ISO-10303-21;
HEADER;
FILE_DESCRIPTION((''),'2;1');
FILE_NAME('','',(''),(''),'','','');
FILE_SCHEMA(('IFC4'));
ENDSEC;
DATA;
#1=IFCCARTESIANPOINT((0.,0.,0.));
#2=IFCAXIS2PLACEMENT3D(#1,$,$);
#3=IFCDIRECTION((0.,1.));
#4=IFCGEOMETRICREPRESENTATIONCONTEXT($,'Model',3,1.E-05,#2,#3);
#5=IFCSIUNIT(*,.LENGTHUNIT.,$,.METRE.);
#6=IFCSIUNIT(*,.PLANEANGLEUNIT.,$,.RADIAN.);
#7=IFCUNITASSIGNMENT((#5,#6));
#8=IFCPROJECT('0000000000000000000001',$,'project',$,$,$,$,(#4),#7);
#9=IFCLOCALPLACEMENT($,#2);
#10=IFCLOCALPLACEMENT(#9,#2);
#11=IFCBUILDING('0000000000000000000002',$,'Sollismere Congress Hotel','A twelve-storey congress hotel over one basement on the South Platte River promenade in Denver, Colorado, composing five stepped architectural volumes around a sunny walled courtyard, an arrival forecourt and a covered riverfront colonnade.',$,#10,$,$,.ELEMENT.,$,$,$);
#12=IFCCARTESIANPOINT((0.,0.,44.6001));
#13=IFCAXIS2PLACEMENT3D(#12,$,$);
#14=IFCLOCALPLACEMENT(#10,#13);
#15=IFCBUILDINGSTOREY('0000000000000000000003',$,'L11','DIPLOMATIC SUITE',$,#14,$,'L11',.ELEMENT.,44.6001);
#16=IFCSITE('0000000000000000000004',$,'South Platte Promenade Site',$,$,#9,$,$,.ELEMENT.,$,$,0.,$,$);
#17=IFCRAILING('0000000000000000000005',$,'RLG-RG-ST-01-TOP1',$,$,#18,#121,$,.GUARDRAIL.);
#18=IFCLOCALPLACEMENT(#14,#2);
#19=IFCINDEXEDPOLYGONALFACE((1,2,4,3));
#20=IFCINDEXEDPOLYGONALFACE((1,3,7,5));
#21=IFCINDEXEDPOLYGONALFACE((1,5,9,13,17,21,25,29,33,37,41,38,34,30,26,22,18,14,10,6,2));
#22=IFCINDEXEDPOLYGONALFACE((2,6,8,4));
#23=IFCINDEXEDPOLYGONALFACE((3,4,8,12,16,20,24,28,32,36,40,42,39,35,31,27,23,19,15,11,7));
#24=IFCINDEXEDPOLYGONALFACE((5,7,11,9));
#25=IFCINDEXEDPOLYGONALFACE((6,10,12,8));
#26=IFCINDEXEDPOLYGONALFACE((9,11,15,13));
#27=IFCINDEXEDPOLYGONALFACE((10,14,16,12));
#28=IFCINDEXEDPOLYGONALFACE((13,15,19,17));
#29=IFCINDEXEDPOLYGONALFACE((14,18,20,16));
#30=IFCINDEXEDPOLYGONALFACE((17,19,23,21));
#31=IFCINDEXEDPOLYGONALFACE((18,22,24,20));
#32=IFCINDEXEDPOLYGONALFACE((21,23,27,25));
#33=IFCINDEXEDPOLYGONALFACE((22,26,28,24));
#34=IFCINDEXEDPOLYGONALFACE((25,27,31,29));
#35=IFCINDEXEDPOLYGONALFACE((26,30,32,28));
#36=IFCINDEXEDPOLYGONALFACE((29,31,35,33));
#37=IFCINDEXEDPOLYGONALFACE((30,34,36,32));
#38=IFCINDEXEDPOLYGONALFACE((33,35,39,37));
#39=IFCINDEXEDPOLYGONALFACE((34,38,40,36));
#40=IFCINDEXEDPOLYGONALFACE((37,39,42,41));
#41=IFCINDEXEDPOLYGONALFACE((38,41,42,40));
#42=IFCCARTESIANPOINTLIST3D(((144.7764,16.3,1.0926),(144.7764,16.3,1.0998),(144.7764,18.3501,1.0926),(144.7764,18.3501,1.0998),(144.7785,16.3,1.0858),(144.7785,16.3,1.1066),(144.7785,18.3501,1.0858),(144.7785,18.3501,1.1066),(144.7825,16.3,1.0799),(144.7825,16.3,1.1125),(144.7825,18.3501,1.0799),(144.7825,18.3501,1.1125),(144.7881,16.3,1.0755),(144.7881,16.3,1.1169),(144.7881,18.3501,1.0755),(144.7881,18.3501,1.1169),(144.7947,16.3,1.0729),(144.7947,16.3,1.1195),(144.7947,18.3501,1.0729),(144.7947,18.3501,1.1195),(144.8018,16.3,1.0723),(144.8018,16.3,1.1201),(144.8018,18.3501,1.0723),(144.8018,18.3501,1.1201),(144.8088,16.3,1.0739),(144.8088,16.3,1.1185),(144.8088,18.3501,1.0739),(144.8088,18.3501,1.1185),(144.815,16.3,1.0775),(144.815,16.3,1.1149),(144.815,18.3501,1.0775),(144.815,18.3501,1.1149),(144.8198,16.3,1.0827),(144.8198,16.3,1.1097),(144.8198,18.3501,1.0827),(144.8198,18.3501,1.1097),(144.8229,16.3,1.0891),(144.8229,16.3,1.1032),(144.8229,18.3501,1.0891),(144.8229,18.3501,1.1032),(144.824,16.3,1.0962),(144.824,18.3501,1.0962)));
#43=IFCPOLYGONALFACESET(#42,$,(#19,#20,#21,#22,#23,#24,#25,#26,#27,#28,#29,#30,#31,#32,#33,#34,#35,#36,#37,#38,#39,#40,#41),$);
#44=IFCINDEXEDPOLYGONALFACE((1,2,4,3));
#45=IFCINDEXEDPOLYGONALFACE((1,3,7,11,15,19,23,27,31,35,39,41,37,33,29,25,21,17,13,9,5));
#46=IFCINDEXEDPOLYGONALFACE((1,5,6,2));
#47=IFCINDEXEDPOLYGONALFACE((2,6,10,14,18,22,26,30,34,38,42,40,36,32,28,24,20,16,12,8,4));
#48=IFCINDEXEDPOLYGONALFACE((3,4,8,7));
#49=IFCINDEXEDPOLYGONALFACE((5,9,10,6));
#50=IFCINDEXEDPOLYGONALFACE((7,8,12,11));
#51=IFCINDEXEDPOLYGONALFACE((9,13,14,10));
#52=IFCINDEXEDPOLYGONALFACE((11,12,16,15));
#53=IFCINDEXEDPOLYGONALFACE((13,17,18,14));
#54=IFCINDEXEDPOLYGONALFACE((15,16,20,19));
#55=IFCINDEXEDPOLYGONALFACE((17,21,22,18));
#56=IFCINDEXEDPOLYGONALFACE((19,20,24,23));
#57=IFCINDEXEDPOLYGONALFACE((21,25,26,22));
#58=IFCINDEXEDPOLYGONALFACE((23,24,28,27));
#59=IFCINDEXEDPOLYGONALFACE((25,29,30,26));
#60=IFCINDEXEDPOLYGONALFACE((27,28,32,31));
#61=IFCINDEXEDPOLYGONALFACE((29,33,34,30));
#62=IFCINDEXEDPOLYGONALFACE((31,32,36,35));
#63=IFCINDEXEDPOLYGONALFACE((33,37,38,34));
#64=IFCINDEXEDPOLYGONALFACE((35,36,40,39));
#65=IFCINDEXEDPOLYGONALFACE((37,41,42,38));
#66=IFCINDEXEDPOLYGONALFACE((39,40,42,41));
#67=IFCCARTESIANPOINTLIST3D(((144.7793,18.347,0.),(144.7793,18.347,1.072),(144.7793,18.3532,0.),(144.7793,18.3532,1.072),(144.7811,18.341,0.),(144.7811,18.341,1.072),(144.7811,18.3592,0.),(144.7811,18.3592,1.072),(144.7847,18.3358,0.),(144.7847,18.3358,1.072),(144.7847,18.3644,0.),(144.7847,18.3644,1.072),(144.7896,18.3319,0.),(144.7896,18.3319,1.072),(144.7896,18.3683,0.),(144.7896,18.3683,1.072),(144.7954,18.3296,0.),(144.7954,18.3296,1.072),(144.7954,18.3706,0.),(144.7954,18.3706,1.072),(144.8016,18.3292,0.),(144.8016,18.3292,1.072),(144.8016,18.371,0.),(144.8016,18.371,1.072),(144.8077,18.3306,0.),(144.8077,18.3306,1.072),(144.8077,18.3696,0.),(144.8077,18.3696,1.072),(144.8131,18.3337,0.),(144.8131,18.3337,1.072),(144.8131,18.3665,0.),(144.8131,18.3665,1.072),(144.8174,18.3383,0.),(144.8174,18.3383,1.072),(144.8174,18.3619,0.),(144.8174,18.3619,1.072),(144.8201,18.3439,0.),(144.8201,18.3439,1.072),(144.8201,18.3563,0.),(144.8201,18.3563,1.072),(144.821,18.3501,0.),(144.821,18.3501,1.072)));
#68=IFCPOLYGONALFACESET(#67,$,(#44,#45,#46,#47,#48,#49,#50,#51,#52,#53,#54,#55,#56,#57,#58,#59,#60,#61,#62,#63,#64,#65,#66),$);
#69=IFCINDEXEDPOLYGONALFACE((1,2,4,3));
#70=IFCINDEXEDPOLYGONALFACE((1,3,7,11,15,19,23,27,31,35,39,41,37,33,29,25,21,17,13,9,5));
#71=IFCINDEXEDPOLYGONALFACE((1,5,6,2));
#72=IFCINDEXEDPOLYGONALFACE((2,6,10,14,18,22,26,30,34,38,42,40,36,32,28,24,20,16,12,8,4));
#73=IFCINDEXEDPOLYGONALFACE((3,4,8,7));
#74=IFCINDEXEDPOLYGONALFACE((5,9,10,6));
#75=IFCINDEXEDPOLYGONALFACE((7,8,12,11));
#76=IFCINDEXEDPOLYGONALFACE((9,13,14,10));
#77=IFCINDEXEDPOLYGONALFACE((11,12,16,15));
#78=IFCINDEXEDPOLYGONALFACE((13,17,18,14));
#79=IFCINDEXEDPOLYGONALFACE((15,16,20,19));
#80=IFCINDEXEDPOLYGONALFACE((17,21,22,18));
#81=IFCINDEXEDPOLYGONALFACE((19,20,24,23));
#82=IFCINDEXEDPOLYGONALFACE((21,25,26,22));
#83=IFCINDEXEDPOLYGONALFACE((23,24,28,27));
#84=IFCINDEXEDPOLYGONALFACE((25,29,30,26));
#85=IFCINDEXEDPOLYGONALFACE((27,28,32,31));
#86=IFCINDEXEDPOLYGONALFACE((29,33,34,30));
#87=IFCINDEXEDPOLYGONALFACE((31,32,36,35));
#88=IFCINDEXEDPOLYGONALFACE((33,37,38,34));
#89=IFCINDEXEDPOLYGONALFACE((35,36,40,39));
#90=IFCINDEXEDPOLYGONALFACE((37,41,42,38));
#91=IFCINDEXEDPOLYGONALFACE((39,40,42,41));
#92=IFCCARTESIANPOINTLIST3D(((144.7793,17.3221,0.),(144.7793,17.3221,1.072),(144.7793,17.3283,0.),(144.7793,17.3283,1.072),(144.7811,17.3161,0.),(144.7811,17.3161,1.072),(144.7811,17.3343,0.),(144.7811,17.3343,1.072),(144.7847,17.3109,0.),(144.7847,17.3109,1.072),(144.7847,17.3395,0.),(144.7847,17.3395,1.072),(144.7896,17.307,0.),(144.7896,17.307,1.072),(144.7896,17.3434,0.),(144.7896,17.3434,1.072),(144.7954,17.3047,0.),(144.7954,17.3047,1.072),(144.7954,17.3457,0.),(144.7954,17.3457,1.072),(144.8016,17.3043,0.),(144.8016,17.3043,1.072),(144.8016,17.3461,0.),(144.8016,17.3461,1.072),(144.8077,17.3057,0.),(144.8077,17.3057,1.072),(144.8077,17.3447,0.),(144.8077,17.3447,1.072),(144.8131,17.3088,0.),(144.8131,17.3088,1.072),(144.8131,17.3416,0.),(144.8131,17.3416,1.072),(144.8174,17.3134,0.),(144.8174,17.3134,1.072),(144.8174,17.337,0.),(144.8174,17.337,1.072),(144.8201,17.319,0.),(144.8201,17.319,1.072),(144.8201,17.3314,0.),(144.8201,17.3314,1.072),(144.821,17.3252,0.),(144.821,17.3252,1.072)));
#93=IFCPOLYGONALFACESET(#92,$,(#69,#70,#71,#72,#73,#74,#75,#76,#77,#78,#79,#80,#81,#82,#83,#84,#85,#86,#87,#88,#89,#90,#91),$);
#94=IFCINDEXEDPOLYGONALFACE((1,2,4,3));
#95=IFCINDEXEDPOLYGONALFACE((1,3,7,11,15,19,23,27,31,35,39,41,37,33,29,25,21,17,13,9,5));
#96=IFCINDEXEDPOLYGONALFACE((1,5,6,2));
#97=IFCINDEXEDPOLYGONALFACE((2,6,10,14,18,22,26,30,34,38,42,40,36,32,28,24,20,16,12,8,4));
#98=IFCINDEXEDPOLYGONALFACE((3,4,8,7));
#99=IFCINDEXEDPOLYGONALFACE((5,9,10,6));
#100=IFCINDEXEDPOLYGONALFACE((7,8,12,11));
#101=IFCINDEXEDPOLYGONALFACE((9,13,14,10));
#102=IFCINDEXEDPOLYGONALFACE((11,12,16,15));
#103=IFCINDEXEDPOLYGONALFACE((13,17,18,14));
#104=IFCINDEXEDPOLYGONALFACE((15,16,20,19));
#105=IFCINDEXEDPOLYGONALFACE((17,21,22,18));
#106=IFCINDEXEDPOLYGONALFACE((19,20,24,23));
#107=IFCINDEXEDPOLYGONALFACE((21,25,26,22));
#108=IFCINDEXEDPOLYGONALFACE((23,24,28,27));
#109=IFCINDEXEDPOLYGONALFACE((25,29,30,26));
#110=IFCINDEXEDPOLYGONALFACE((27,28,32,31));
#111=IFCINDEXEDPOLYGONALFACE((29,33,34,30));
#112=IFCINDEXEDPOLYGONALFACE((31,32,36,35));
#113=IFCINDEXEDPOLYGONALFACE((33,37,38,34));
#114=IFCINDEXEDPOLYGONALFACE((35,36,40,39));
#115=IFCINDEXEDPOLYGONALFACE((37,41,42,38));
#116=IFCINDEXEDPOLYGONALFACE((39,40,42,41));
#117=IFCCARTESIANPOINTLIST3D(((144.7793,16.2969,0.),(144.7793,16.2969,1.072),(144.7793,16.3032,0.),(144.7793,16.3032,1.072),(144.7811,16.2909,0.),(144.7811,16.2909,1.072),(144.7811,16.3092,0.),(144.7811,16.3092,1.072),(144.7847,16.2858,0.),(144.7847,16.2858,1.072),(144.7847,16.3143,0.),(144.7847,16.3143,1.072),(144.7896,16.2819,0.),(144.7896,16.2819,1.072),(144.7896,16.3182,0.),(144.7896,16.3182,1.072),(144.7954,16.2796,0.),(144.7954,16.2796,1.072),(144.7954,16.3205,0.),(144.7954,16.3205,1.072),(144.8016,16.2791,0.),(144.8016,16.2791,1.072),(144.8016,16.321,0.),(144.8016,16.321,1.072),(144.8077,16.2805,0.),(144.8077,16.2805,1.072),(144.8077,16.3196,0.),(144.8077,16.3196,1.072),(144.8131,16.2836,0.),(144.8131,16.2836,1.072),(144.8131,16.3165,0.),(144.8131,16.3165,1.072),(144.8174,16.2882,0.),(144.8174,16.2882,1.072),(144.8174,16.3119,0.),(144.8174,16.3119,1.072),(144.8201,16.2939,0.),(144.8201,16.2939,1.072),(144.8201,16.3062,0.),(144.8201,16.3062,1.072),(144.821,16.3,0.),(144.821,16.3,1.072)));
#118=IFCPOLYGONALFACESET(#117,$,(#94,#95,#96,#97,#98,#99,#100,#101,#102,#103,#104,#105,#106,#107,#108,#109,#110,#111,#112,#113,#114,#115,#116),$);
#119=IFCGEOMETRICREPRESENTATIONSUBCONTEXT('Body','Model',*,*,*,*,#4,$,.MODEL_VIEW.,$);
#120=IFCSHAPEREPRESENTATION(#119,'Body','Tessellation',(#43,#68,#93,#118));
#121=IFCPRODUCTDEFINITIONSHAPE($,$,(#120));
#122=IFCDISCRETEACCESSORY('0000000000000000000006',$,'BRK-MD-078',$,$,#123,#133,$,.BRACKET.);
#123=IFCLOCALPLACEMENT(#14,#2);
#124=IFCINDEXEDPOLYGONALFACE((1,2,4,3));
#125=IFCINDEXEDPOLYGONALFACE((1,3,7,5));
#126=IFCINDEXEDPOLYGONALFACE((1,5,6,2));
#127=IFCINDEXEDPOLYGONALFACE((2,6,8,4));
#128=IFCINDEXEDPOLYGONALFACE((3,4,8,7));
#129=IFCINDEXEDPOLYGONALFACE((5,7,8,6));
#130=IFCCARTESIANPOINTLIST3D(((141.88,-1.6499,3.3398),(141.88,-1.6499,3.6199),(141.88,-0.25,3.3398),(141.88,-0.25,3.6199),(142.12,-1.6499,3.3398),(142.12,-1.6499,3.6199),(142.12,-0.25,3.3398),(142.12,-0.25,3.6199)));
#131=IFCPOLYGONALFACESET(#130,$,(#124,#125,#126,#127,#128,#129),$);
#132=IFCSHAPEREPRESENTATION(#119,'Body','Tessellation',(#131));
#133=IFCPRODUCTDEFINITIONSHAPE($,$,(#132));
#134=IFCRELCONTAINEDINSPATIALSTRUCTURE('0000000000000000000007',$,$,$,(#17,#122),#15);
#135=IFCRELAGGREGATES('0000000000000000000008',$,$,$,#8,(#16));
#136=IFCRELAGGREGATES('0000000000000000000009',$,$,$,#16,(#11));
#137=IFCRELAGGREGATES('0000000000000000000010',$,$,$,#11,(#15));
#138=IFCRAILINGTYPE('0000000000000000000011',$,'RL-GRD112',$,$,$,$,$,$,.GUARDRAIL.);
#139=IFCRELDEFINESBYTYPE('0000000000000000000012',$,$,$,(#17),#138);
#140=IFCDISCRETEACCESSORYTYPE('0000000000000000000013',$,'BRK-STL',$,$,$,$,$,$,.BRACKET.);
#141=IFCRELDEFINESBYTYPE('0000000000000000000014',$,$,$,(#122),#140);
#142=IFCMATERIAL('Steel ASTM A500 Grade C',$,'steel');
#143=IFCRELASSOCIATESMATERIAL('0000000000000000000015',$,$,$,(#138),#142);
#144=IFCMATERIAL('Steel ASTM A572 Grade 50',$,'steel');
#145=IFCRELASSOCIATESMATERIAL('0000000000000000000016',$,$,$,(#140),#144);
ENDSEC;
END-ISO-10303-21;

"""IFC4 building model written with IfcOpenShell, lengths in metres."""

from ifc_helpers import new_model, si_unit, direction, frame, origin, origin_2d, place, context, subcontext, project, spatial, rectangle, circle, extrude, material, type_object, element, save


model = new_model("IFC4")

# Units and contexts
model_context = context("Model", 3, precision=1e-05, world=origin(), true_north=direction((0.0, 1.0)))
body_context = subcontext(model_context, "Body", "Model", "MODEL_VIEW")
ifc_project = project(units=[si_unit("LENGTHUNIT", "METRE"), si_unit("PLANEANGLEUNIT", "RADIAN")], contexts=[model_context])

# Site, building, storey
site_placement = place(None, origin())
site = spatial("IfcSite", under=ifc_project, at=site_placement, Name="South Platte Promenade Site", CompositionType="ELEMENT", RefElevation=0.0)
building_placement = place(site_placement, origin())
building = spatial("IfcBuilding", under=site, at=building_placement, Name="Sollismere Congress Hotel", Description="A twelve-storey congress hotel over one basement on the South Platte River promenade in Denver, Colorado, composing five stepped architectural volumes around a sunny walled courtyard, an arrival forecourt and a covered riverfront colonnade.", CompositionType="ELEMENT")
storey_placement = place(building_placement, frame((0.0, 0.0, 44.6001)))
storey = spatial("IfcBuildingStorey", under=building, at=storey_placement, Name="L11", Description="DIPLOMATIC SUITE", LongName="L11", CompositionType="ELEMENT", Elevation=44.6001)

# Railing
ifc_material_1 = material(Name="Steel ASTM A500 Grade C", Category="steel")
railing_type = type_object("IfcRailingType", Name="RL-GRD112", PredefinedType="GUARDRAIL", material=ifc_material_1)
railing_placement = place(storey_placement, frame((144.8, 18.3501, 0.0)))
element("IfcRailing", 1, at=railing_placement, inside=storey, type_object=railing_type, Name="RLG-RG-ST-01-TOP1", PredefinedType="GUARDRAIL", context=body_context, shape_type="SweptSolid", body=[
    extrude(circle(Radius=0.0239, at=origin_2d()), frame((0.0, 0.0, 1.0962), z_axis=(0.0, -1.0, 0.0), x_axis=(1.0, 0.0, 0.0)), (0.0, 0.0, 1.0), 2.05),
    extrude(circle(Radius=0.021, at=origin_2d()), origin(), (0.0, 0.0, 1.0), 1.072),
    extrude(circle(Radius=0.021, at=origin_2d()), frame((0.0, -1.0249, 0.0)), (0.0, 0.0, 1.0), 1.072),
    extrude(circle(Radius=0.021, at=origin_2d()), frame((0.0, -2.05, 0.0)), (0.0, 0.0, 1.0), 1.072),
])

# Discrete accessory
ifc_material_2 = material(Name="Steel ASTM A572 Grade 50", Category="steel")
discrete_accessory_type = type_object("IfcDiscreteAccessoryType", Name="BRK-STL", PredefinedType="BRACKET", material=ifc_material_2)
discrete_accessory_placement = place(storey_placement, frame((142.0, -0.95, 3.3398), z_axis=(0.0, 0.0, 1.0), x_axis=(1.0, 0.0, 0.0)))
element("IfcDiscreteAccessory", 2, at=discrete_accessory_placement, inside=storey, type_object=discrete_accessory_type, Name="BRK-MD-078", PredefinedType="BRACKET", context=body_context, shape_type="SweptSolid", body=[
    extrude(rectangle(XDim=0.24, YDim=1.3999, at=origin_2d()), origin(), (0.0, 0.0, 1.0), 0.28),
])

save(model, "model.ifc")
